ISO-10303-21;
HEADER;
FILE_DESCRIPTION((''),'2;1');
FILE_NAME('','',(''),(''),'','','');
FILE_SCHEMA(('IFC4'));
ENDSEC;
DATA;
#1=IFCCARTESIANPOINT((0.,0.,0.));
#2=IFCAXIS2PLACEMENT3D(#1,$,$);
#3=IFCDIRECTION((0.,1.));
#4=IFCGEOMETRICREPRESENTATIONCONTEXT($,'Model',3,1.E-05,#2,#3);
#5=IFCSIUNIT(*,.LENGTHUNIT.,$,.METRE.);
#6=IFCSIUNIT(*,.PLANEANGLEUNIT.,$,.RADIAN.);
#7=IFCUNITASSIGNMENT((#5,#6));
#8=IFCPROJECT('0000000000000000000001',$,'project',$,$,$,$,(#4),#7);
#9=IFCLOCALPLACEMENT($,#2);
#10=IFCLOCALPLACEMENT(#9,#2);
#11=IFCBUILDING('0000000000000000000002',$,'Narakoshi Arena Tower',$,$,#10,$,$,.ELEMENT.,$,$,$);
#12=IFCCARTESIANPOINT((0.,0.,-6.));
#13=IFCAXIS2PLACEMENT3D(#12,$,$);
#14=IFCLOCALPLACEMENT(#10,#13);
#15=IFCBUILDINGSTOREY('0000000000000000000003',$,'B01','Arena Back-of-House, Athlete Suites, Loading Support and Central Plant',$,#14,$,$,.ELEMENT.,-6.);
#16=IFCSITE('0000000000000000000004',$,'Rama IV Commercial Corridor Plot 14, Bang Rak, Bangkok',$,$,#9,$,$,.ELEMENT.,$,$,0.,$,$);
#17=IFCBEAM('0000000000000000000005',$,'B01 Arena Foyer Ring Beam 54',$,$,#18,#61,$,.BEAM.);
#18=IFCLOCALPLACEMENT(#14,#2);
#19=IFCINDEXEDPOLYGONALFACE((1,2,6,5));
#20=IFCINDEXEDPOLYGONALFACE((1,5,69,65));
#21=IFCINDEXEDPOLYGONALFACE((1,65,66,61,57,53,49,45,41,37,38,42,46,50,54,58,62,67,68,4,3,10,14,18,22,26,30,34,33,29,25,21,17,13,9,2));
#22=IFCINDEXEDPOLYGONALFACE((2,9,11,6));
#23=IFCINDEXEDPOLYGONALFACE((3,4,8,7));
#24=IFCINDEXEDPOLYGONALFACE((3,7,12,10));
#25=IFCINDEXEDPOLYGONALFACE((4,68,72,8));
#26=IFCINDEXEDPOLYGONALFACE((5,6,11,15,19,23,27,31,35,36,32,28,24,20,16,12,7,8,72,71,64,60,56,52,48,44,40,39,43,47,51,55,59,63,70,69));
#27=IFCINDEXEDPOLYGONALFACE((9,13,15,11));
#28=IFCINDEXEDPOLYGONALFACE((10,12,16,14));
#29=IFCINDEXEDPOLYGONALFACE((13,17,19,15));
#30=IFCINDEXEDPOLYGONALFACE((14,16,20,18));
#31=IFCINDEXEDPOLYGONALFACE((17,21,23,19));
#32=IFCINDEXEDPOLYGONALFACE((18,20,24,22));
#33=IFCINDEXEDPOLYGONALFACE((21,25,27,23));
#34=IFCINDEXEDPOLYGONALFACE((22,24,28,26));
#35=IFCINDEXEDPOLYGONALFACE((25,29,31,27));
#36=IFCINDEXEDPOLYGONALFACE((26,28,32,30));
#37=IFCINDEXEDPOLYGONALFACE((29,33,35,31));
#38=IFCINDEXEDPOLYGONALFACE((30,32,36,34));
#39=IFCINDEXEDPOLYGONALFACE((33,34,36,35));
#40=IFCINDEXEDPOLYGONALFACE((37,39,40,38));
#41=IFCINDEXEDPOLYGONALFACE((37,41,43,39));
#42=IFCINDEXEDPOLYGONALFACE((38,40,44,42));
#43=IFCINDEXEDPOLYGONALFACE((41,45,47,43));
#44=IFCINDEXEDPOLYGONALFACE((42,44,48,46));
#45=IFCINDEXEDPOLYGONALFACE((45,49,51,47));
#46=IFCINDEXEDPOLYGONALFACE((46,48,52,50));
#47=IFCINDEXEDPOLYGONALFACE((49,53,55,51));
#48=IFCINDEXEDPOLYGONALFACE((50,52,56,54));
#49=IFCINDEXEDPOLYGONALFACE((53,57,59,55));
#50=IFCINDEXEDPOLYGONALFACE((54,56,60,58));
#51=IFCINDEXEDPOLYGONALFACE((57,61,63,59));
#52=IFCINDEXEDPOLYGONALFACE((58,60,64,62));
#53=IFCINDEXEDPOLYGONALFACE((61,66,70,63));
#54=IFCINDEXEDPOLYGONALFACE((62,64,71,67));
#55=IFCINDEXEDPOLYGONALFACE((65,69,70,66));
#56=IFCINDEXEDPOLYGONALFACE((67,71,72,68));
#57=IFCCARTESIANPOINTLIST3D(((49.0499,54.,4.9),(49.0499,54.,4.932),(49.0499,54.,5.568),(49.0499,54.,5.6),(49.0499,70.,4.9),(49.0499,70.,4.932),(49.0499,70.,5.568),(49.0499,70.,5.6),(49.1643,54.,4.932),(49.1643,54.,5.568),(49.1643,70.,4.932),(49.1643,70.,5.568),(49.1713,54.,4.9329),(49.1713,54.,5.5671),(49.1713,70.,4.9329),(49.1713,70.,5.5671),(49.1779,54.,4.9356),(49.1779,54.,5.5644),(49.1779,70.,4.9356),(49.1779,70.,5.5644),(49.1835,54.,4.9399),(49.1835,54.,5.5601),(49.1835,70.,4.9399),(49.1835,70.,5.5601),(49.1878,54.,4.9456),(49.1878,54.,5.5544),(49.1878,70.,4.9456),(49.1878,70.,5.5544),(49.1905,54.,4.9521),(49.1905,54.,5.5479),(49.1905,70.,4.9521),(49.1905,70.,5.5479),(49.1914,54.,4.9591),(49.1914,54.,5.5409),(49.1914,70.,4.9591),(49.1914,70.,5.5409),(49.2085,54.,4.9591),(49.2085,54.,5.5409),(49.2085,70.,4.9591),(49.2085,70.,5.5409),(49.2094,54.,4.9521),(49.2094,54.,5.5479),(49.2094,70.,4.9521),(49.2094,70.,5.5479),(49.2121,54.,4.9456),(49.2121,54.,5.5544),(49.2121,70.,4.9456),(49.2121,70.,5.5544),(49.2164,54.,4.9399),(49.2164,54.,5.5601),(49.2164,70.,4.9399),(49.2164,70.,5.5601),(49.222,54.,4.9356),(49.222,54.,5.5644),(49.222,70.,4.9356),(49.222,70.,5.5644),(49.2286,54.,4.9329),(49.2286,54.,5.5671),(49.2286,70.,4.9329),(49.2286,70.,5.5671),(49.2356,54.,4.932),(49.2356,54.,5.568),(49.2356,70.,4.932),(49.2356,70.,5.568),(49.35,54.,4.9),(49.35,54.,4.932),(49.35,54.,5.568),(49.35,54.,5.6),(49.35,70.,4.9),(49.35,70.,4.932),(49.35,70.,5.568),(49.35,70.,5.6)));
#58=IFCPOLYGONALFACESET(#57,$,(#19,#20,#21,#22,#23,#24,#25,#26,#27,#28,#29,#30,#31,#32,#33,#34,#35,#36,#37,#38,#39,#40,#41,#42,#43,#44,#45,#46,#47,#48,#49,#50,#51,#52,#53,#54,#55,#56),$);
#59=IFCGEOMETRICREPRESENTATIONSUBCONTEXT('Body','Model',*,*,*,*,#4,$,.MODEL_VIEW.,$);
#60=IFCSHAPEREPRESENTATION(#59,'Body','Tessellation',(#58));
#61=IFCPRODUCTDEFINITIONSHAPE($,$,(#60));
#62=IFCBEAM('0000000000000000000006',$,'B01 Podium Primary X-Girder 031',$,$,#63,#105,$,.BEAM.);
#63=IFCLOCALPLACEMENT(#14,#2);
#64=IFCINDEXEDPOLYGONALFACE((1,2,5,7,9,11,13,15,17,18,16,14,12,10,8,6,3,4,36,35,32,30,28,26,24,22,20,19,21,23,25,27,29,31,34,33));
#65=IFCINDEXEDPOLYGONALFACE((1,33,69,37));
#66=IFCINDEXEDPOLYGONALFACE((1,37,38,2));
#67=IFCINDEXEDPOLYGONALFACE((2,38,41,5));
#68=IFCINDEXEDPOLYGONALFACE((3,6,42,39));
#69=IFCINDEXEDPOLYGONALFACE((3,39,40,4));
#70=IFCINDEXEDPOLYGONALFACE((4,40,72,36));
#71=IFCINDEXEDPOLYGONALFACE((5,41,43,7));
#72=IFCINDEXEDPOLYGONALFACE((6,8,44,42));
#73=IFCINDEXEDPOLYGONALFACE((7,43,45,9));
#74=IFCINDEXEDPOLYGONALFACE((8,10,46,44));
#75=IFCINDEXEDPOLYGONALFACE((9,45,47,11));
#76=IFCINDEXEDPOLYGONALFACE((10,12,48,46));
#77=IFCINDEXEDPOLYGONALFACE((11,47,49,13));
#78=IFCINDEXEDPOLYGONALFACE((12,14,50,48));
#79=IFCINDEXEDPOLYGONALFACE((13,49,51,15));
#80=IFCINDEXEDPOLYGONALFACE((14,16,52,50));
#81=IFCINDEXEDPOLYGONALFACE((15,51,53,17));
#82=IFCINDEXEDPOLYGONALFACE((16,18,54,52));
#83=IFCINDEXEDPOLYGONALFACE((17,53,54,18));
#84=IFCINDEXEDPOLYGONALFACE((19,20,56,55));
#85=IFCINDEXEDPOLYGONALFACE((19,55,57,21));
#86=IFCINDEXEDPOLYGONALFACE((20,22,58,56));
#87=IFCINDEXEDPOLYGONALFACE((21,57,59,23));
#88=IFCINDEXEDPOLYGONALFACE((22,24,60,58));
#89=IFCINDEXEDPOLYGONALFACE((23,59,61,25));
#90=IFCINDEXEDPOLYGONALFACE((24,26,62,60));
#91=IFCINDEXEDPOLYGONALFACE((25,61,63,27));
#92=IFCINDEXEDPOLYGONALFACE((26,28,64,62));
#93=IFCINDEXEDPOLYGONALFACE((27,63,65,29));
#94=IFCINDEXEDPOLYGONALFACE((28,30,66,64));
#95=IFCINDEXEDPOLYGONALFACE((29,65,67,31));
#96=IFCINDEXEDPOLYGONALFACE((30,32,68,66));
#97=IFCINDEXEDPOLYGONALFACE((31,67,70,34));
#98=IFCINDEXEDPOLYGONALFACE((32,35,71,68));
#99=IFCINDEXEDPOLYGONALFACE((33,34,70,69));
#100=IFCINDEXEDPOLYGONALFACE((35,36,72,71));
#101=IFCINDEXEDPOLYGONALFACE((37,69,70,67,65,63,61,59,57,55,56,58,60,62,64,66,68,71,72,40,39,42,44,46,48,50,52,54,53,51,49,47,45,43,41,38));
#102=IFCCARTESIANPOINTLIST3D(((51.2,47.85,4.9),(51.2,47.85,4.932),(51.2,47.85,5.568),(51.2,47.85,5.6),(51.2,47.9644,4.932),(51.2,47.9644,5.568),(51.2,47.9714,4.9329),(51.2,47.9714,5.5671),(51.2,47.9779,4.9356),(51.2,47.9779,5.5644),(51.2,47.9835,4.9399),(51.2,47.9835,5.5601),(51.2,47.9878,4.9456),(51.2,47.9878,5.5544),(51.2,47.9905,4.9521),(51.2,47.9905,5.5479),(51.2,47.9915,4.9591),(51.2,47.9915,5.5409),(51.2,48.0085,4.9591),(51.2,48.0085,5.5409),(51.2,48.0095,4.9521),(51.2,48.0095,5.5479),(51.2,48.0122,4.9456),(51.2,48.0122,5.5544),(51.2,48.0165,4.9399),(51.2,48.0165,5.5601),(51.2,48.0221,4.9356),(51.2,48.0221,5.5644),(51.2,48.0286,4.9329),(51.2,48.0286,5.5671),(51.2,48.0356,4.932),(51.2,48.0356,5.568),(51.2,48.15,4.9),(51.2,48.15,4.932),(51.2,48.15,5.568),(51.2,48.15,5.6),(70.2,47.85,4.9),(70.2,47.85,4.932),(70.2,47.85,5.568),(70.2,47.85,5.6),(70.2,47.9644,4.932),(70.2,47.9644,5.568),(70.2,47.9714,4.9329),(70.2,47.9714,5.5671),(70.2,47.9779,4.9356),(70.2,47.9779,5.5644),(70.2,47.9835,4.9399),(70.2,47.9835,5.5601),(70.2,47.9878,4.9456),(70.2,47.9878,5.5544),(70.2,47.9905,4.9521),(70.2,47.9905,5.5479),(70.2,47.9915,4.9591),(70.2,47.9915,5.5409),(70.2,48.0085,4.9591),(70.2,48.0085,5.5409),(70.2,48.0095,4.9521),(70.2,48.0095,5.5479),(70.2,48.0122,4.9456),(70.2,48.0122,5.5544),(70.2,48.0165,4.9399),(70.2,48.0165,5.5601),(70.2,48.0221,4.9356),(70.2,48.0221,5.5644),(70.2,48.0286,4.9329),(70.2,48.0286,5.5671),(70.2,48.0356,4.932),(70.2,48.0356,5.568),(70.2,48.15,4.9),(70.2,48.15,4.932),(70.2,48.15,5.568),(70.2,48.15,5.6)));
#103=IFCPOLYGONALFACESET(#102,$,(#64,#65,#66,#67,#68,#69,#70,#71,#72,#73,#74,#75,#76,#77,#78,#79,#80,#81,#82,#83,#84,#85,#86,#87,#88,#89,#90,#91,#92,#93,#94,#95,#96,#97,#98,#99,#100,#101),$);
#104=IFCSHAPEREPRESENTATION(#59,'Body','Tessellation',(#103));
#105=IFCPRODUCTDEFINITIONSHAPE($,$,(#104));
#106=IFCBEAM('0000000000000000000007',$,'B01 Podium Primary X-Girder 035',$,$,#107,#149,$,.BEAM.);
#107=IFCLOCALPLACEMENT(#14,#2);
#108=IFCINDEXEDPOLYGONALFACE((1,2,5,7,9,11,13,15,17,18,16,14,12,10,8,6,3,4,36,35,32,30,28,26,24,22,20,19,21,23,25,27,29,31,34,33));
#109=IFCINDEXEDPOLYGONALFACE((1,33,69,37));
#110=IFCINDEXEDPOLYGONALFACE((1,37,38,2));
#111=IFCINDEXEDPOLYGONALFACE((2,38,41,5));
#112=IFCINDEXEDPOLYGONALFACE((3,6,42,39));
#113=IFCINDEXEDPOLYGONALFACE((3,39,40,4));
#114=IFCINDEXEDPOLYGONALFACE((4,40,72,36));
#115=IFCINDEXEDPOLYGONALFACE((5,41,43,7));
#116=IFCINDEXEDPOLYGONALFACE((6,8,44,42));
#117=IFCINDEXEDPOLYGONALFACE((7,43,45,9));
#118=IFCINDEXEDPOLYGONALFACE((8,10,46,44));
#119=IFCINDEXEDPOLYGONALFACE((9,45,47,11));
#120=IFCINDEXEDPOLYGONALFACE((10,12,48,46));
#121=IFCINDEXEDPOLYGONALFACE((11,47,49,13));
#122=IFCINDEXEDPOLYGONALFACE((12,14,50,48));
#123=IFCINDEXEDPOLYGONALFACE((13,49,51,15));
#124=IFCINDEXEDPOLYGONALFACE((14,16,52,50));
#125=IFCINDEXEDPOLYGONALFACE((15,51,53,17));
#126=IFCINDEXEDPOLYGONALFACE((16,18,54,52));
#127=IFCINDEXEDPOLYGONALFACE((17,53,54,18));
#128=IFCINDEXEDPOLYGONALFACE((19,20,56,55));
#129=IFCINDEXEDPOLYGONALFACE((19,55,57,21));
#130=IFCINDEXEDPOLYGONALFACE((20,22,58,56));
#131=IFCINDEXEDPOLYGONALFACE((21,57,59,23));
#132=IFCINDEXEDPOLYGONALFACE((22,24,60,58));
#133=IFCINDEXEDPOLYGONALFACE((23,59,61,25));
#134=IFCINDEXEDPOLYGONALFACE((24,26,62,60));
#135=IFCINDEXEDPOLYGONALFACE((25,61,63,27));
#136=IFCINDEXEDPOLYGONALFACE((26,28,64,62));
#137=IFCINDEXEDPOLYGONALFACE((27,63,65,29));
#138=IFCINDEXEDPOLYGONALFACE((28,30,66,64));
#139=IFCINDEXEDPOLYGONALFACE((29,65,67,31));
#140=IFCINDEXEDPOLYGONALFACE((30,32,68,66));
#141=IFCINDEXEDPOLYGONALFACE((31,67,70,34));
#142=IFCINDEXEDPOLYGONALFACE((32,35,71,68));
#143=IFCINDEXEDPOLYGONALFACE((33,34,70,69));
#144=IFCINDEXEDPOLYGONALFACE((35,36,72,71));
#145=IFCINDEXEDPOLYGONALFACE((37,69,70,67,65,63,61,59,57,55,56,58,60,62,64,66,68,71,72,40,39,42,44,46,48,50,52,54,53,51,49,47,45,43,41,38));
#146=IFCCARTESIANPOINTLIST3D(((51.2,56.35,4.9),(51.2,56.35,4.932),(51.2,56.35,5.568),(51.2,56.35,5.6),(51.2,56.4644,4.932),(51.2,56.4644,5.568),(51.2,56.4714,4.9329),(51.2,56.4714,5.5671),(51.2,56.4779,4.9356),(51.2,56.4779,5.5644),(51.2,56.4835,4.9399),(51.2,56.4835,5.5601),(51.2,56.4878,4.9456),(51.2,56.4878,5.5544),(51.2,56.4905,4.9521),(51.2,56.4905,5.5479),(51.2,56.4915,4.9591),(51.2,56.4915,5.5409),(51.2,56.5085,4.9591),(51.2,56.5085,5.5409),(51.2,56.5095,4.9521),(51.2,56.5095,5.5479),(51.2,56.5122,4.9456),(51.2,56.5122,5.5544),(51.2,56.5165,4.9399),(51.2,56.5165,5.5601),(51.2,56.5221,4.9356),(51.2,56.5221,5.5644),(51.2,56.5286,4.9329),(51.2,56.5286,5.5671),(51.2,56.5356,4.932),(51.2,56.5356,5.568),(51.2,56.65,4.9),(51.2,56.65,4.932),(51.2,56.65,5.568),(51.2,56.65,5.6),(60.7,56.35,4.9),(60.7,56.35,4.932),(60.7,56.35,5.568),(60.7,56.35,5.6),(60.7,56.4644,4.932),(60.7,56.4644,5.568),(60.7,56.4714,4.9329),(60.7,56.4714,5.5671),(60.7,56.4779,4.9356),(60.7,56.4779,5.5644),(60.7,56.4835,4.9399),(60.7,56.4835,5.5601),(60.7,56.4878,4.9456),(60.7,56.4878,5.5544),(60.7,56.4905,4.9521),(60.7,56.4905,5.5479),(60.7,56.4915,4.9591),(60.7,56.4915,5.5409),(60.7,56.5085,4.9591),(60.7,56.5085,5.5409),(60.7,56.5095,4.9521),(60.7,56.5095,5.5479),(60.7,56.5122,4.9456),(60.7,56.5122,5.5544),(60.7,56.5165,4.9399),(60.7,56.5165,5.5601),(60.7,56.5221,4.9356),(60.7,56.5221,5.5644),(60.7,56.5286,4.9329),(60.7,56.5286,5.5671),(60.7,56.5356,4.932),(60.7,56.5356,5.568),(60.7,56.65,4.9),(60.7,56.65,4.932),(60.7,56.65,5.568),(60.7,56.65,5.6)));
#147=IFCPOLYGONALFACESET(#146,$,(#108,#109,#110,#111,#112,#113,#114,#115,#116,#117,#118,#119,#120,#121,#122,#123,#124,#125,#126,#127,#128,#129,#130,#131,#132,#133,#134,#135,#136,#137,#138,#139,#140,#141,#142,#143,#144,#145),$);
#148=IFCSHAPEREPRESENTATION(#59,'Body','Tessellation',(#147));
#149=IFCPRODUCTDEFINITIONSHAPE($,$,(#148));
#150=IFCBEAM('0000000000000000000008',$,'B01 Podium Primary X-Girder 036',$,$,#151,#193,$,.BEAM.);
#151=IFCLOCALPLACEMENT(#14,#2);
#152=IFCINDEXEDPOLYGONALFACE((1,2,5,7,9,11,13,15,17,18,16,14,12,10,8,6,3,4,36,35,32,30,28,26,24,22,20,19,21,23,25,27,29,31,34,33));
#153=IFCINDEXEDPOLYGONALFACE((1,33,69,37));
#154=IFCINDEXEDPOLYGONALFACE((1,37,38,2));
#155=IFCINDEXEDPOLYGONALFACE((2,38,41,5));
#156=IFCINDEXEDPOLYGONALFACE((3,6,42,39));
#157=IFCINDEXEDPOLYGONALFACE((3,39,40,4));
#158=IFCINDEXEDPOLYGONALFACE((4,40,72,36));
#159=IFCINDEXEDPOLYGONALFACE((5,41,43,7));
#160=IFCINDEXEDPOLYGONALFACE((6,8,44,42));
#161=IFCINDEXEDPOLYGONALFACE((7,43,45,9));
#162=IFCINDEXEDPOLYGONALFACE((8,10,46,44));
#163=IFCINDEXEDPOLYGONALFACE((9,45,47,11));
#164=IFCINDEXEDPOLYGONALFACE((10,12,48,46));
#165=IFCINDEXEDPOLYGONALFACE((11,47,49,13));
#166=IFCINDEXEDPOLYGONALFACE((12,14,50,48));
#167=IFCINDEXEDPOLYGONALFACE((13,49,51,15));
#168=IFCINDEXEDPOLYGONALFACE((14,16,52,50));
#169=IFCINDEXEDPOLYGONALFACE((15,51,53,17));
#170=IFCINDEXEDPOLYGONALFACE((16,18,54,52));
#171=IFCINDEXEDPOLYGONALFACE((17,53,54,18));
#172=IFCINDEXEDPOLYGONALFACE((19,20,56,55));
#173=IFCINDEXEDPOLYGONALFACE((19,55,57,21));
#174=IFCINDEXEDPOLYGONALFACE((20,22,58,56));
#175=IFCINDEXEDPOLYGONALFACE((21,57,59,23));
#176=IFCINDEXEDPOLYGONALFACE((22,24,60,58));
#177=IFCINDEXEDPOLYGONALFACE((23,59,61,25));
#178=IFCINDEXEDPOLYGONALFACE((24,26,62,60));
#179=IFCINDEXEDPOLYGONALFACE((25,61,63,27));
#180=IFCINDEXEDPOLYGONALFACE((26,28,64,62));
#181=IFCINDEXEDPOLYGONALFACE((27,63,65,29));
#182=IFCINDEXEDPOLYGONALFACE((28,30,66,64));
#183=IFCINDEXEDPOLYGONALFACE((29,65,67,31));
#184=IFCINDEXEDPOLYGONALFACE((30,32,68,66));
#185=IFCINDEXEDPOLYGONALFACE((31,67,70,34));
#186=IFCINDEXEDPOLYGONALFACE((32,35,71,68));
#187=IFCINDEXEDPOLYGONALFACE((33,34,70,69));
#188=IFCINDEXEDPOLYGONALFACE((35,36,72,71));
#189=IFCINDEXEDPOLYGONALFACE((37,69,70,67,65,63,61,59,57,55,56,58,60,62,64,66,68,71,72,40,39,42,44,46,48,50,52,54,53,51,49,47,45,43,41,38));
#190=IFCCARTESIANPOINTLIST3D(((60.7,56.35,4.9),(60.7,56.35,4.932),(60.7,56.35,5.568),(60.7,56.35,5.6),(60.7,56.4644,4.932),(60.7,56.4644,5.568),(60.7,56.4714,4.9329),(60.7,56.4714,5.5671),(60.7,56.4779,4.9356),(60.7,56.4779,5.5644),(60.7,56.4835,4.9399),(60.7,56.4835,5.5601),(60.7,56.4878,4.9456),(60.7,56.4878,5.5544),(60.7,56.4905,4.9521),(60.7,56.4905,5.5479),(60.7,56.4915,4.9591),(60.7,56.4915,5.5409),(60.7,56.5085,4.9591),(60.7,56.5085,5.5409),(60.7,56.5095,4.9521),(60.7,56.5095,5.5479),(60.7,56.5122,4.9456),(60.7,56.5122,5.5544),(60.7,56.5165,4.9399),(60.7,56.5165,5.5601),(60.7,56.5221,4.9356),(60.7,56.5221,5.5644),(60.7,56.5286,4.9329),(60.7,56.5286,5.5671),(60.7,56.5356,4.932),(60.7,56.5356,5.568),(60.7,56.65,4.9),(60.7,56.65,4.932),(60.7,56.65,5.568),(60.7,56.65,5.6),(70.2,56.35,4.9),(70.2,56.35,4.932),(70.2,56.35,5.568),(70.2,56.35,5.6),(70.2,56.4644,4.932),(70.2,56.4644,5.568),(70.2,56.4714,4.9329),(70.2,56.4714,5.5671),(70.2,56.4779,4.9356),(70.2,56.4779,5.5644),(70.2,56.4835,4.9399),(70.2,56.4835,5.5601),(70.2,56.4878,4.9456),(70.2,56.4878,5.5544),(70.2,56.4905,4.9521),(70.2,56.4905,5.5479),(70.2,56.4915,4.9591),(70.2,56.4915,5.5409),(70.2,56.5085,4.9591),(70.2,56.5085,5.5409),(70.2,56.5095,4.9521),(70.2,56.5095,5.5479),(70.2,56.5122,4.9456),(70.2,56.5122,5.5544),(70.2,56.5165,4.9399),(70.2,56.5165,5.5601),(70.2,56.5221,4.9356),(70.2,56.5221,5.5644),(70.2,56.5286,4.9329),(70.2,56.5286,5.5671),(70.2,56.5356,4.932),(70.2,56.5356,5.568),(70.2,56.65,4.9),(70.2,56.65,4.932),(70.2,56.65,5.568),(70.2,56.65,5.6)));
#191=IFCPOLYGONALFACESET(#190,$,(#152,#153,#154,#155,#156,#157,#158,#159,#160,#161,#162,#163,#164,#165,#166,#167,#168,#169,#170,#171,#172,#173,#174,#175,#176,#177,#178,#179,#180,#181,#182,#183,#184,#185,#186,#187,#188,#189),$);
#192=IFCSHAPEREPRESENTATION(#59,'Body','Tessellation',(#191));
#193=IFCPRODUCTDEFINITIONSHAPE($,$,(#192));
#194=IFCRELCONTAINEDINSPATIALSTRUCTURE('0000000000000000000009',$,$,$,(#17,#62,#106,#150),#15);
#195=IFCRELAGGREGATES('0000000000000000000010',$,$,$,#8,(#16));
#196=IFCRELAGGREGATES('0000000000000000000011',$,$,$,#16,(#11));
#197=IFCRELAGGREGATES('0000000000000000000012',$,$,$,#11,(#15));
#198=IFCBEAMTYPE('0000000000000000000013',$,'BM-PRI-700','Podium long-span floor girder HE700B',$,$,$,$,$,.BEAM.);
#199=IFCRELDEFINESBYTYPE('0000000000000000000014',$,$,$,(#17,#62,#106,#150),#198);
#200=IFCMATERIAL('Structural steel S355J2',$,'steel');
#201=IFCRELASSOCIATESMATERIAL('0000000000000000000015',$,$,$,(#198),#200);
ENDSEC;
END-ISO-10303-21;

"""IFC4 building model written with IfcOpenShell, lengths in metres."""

from ifc_helpers import new_model, si_unit, direction, frame, origin, origin_2d, place, context, subcontext, project, spatial, i_section, extrude, material, material_profile, profile_set, type_object, element, save


model = new_model("IFC4")

# Units and contexts
model_context = context("Model", 3, precision=1e-05, world=origin(), true_north=direction((0.0, 1.0)))
body_context = subcontext(model_context, "Body", "Model", "MODEL_VIEW")
ifc_project = project(units=[si_unit("LENGTHUNIT", "METRE"), si_unit("PLANEANGLEUNIT", "RADIAN")], contexts=[model_context])

# Site, building, storey
site_placement = place(None, origin())
site = spatial("IfcSite", under=ifc_project, at=site_placement, Name="Rama IV Commercial Corridor Plot 14, Bang Rak, Bangkok", CompositionType="ELEMENT", RefElevation=0.0)
building_placement = place(site_placement, origin())
building = spatial("IfcBuilding", under=site, at=building_placement, Name="Narakoshi Arena Tower", CompositionType="ELEMENT")
storey_placement = place(building_placement, frame((0.0, 0.0, -6.0)))
storey = spatial("IfcBuildingStorey", under=building, at=storey_placement, Name="B01", Description="Arena Back-of-House, Athlete Suites, Loading Support and Central Plant", CompositionType="ELEMENT", Elevation=-6.0)

# Beams
ifc_material_1 = material(Name="Structural steel S355J2", Category="steel")
ifc_material_profile_1 = material_profile(ifc_material_1, i_section(OverallWidth=0.3, OverallDepth=0.7, WebThickness=0.0171, FlangeThickness=0.032, FilletRadius=0.0271, at=origin_2d()), Name="HE700B")
ifc_profile_set_1 = profile_set([ifc_material_profile_1], Name="Structural steel S355J2")
beam_type_1 = type_object("IfcBeamType", Name="BM-PRI-700", Description="Podium long-span floor girder HE700B", PredefinedType="BEAM", material=ifc_profile_set_1)
beam_1_placement = place(storey_placement, frame((49.2, 54.0, 5.25), z_axis=(0.0, 1.0, 0.0), x_axis=(-1.0, 0.0, 0.0)))
element("IfcBeam", 1, at=beam_1_placement, inside=storey, type_object=beam_type_1, Name="B01 Arena Foyer Ring Beam 54", PredefinedType="BEAM", context=body_context, shape_type="SweptSolid", body=[
    extrude(i_section(OverallWidth=0.3, OverallDepth=0.7, WebThickness=0.0171, FlangeThickness=0.032, FilletRadius=0.0271, at=origin_2d()), origin(), (0.0, 0.0, 1.0), 16.0),
])
beam_2_placement = place(storey_placement, frame((51.2, 48.0, 5.25), z_axis=(1.0, 0.0, 0.0), x_axis=(0.0, 1.0, 0.0)))
element("IfcBeam", 2, at=beam_2_placement, inside=storey, type_object=beam_type_1, Name="B01 Podium Primary X-Girder 031", PredefinedType="BEAM", context=body_context, shape_type="SweptSolid", body=[
    extrude(i_section(OverallWidth=0.3, OverallDepth=0.7, WebThickness=0.0171, FlangeThickness=0.032, FilletRadius=0.0271, at=origin_2d()), origin(), (0.0, 0.0, 1.0), 19.0),
])
for number, where, z_axis, x_axis, name in (
    (3, (51.2, 56.5, 5.25), (1.0, 0.0, 0.0), (0.0, 1.0, 0.0), "B01 Podium Primary X-Girder 035"),
    (4, (60.7, 56.5, 5.25), (1.0, 0.0, 0.0), (0.0, 1.0, 0.0), "B01 Podium Primary X-Girder 036"),
):
    element("IfcBeam", number, at=place(storey_placement, frame(where, z_axis=z_axis, x_axis=x_axis)), inside=storey, type_object=beam_type_1, Name=name, PredefinedType="BEAM", context=body_context, shape_type="SweptSolid", body=[
        extrude(i_section(OverallWidth=0.3, OverallDepth=0.7, WebThickness=0.0171, FlangeThickness=0.032, FilletRadius=0.0271, at=origin_2d()), origin(), (0.0, 0.0, 1.0), 9.5),
    ])

save(model, "model.ifc")
